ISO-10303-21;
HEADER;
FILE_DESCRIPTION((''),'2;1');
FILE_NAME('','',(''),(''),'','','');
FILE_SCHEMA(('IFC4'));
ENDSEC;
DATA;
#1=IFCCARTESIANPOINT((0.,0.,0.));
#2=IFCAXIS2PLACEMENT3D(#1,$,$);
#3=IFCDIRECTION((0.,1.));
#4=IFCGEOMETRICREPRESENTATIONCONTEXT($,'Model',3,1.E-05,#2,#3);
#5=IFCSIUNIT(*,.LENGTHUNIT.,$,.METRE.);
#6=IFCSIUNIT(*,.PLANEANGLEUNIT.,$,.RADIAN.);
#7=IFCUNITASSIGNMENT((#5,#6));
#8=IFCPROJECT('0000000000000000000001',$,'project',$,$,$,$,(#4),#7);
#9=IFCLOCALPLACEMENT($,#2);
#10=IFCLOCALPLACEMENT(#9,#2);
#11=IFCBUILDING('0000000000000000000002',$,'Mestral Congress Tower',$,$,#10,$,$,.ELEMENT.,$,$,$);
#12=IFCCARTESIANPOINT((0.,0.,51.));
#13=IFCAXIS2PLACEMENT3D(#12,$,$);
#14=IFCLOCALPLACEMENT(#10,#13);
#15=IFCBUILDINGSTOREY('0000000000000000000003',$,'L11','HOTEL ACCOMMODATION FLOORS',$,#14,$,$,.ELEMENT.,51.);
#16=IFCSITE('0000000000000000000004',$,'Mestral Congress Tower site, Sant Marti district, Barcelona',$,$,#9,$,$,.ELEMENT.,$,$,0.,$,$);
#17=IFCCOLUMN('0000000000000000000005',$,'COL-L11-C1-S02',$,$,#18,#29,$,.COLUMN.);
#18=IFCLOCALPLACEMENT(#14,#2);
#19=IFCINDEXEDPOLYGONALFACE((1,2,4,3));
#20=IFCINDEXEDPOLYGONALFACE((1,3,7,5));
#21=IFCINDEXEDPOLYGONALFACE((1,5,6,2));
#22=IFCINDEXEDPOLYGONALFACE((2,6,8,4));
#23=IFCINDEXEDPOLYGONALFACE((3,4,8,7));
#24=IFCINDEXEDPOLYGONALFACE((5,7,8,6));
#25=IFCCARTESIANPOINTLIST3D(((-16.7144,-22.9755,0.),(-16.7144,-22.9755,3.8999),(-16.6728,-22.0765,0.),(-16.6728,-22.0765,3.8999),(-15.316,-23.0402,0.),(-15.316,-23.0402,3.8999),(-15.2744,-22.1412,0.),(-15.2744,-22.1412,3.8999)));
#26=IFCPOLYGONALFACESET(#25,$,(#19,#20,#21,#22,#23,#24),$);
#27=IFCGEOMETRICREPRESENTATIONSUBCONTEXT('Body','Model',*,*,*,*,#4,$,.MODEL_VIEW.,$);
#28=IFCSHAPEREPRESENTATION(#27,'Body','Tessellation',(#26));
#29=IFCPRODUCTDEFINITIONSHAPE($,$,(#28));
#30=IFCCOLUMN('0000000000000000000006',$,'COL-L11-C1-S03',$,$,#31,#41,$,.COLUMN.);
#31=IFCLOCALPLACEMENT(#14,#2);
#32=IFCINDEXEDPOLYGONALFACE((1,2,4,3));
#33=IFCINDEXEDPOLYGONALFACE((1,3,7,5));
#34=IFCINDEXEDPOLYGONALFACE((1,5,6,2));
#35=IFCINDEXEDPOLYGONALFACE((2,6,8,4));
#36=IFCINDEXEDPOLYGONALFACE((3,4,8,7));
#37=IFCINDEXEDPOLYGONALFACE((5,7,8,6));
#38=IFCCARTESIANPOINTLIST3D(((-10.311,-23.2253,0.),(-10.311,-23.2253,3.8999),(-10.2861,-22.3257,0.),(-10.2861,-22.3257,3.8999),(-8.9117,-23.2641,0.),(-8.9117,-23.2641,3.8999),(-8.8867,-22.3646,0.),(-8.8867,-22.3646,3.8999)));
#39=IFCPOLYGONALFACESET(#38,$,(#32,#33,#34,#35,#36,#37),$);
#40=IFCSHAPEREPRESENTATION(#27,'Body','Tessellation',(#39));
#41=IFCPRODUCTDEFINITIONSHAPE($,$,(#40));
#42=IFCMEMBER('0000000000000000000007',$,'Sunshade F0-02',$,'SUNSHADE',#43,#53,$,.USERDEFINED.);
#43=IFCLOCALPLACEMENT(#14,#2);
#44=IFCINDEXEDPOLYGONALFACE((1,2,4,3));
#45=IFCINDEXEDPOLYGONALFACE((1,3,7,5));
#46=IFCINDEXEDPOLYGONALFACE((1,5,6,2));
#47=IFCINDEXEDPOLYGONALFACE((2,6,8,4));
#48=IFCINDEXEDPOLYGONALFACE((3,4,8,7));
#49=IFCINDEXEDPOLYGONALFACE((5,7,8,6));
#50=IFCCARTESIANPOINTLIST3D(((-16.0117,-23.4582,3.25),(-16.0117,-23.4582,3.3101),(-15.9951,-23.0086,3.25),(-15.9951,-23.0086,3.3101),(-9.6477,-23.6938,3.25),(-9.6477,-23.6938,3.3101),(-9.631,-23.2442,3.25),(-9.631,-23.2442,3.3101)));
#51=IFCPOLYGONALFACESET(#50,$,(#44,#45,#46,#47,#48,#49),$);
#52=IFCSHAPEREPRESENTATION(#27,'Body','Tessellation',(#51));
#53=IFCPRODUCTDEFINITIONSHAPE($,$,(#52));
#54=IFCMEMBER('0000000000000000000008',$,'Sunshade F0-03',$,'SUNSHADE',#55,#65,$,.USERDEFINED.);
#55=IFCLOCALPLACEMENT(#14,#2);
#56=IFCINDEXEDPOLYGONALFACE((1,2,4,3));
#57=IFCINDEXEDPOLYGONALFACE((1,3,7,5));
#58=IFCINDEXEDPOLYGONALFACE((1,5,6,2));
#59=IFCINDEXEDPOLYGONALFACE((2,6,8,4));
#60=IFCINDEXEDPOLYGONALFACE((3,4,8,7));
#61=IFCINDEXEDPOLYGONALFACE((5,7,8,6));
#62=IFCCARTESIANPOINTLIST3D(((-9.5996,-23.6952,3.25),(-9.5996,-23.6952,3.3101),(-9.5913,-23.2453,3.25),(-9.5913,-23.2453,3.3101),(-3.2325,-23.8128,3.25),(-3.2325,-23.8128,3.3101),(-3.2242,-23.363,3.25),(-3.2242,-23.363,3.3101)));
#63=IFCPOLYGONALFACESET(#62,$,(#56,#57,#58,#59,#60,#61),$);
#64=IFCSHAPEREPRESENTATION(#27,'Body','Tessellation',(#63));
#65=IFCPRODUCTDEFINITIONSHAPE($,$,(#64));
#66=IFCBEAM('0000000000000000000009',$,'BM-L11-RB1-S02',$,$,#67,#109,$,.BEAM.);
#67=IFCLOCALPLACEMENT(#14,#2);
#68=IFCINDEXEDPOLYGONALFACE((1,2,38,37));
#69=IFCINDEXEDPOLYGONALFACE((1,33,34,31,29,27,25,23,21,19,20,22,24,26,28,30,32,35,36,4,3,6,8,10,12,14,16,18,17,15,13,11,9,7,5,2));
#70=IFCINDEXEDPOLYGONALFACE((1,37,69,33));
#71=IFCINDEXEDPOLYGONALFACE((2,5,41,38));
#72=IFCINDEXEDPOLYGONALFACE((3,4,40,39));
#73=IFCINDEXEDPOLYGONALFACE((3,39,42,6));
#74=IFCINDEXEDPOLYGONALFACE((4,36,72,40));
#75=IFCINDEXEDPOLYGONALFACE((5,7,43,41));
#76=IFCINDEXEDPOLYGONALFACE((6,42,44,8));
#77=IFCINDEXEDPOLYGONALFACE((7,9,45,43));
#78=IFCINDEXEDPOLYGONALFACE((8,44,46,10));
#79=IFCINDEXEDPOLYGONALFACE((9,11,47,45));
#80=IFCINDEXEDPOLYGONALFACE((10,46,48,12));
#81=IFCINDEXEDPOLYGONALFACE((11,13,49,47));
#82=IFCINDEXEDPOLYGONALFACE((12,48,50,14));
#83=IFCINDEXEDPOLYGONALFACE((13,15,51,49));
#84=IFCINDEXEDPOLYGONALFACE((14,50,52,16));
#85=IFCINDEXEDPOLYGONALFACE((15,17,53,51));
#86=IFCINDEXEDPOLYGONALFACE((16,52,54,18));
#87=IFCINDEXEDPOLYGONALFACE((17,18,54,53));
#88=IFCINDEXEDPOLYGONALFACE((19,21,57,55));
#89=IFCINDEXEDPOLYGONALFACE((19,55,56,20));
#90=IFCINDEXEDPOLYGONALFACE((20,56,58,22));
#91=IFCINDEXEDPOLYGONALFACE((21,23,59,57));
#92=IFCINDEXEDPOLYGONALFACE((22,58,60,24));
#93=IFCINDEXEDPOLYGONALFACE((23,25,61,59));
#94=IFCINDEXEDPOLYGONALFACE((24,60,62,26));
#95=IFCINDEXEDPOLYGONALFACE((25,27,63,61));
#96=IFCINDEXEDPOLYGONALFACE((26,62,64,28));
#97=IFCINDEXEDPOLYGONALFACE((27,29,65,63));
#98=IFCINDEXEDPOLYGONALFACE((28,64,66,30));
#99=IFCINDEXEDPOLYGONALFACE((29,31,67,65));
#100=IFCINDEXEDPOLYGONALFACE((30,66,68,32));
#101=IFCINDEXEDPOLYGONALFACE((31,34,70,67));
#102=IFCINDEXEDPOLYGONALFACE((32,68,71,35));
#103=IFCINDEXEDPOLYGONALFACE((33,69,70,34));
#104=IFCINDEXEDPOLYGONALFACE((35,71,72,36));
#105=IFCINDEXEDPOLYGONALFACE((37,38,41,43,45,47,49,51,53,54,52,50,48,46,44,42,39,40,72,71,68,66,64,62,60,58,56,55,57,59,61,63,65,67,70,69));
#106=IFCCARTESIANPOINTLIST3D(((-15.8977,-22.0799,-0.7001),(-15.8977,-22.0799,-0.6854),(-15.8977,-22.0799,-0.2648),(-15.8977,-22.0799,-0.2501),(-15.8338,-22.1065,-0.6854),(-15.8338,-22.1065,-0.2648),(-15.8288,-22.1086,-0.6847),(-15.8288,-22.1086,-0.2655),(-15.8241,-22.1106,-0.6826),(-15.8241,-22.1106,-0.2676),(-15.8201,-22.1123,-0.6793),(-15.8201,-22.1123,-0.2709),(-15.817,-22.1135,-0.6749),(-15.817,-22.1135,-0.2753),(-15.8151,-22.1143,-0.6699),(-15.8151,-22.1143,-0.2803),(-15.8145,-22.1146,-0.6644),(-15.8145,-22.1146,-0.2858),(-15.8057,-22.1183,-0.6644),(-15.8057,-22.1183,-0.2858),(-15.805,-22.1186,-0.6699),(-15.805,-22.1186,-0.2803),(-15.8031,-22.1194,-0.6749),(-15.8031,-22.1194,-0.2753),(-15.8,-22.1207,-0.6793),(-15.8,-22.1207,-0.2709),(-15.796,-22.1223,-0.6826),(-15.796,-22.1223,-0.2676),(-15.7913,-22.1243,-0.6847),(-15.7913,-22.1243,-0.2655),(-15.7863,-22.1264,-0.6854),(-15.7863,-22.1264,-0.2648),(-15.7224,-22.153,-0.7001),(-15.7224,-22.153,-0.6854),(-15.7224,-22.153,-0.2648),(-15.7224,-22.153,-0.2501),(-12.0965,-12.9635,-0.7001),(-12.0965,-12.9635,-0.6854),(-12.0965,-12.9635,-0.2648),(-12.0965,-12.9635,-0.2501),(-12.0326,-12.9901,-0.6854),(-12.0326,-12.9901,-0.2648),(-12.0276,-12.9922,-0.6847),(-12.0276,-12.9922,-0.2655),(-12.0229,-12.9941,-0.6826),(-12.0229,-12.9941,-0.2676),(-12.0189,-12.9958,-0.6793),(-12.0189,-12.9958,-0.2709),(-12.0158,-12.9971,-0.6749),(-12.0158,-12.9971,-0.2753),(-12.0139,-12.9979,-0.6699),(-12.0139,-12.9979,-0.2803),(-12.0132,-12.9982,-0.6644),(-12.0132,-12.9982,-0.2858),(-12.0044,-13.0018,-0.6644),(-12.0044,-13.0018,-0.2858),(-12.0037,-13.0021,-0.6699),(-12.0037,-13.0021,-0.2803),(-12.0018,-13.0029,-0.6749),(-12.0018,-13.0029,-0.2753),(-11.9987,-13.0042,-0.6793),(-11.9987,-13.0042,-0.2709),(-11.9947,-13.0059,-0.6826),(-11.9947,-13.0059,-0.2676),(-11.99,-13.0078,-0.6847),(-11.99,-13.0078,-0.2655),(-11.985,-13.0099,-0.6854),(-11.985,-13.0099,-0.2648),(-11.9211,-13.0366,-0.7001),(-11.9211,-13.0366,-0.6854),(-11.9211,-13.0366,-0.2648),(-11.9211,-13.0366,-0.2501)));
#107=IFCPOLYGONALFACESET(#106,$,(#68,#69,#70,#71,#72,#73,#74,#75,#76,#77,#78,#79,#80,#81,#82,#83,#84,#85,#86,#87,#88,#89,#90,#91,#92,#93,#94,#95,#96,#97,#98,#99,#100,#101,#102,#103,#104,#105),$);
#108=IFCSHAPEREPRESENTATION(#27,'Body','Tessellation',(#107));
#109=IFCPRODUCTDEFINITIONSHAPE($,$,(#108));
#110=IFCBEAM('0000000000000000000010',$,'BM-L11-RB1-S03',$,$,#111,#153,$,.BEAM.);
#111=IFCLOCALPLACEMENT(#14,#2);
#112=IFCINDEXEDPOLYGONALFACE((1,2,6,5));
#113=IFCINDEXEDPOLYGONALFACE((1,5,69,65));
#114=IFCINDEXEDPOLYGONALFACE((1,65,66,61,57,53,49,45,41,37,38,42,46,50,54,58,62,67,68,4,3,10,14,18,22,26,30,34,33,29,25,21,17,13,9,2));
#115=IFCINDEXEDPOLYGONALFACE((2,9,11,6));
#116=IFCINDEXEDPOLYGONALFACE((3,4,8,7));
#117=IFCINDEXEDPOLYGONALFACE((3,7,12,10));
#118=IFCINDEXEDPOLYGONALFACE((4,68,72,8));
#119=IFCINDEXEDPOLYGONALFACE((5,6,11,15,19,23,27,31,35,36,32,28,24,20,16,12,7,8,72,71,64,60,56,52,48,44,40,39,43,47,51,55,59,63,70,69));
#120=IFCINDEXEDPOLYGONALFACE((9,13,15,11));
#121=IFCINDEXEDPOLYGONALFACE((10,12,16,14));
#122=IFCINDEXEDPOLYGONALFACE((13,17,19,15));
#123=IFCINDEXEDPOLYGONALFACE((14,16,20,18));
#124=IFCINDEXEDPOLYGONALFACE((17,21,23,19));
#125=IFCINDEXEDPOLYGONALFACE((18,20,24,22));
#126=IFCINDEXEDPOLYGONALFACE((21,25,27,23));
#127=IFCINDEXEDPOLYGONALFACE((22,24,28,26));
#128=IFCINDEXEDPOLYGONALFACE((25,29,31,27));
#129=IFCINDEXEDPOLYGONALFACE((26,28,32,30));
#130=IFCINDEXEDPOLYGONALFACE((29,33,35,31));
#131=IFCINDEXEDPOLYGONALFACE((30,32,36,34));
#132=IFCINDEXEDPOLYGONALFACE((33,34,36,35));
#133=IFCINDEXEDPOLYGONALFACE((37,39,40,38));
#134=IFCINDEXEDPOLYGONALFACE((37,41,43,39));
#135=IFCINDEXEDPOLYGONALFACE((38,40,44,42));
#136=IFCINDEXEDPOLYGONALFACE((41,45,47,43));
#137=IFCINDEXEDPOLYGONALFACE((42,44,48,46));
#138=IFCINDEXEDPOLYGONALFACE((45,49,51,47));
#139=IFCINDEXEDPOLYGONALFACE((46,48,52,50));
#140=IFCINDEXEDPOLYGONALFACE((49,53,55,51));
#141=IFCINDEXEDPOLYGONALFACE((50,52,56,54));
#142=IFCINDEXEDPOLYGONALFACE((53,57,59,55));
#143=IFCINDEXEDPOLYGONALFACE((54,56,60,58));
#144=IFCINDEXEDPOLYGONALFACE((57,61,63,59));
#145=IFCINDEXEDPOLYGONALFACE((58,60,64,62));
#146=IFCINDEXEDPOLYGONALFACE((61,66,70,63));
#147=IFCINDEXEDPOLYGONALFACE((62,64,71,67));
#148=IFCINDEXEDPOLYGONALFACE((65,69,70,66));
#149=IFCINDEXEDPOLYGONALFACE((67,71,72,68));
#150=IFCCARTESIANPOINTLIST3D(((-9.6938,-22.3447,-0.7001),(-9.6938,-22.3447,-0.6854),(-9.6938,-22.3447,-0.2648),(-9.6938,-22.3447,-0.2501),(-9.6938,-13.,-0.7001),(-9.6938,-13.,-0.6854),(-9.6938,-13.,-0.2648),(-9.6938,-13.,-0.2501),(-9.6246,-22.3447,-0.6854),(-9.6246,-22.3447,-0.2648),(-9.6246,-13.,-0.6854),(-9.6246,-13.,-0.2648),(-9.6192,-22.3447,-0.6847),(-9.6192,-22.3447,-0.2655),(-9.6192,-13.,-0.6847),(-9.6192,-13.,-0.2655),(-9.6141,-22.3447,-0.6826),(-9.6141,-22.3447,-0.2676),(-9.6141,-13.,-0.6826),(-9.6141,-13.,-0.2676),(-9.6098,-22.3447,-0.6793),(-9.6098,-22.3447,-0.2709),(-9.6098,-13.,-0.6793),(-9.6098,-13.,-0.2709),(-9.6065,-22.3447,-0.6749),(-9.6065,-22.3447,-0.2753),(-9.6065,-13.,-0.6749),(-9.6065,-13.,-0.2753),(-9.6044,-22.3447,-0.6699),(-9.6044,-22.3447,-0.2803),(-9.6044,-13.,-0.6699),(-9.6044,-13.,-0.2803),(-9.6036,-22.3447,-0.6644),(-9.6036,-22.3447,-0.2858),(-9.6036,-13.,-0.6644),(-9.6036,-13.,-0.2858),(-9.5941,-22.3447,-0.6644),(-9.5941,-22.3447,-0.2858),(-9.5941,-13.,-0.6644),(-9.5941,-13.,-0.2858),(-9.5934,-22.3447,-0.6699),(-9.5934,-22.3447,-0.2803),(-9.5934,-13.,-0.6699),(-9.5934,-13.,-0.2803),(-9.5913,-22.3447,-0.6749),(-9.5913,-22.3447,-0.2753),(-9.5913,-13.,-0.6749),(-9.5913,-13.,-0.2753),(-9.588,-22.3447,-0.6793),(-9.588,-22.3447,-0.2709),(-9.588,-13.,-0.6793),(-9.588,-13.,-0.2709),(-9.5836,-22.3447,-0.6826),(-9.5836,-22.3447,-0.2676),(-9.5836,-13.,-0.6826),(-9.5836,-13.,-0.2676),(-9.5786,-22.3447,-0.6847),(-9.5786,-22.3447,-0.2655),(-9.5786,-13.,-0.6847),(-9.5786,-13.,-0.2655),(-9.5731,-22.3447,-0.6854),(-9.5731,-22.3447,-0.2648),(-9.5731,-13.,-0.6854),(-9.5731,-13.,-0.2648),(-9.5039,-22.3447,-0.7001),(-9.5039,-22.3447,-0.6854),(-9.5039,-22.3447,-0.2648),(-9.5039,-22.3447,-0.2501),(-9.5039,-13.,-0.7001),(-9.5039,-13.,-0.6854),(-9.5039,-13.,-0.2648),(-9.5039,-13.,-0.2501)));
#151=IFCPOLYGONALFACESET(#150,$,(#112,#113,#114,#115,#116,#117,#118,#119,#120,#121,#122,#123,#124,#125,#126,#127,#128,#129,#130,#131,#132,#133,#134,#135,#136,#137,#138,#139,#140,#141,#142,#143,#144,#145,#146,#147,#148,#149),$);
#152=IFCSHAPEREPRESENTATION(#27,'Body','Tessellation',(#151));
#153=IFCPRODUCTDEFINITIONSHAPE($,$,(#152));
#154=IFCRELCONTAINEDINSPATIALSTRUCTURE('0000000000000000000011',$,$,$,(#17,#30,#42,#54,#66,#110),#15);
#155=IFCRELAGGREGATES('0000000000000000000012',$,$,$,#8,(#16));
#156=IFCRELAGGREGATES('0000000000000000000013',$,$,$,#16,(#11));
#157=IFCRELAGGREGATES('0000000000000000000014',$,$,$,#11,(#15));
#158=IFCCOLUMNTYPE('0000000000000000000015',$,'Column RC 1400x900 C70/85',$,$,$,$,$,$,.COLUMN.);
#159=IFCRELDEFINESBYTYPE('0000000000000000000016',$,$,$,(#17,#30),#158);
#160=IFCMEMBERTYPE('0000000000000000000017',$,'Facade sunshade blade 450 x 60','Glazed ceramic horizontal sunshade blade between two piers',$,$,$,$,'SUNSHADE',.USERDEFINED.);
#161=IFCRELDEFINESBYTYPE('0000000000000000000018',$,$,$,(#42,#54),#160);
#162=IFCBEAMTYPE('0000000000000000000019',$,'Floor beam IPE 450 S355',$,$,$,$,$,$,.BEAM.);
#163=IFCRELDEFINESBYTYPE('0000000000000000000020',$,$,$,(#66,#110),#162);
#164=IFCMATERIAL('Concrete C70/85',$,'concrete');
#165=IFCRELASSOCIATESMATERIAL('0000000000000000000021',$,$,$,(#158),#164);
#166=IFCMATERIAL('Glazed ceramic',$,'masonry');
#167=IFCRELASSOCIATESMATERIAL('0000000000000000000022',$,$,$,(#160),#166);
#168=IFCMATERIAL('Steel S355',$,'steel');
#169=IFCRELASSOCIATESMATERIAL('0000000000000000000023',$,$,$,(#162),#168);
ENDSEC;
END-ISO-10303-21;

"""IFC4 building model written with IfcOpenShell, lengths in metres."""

from ifc_helpers import new_model, si_unit, direction, frame, origin, origin_2d, place, context, subcontext, project, spatial, rectangle, i_section, extrude, material, material_profile, profile_set, type_object, element, save


model = new_model("IFC4")

# Units and contexts
model_context = context("Model", 3, precision=1e-05, world=origin(), true_north=direction((0.0, 1.0)))
body_context = subcontext(model_context, "Body", "Model", "MODEL_VIEW")
ifc_project = project(units=[si_unit("LENGTHUNIT", "METRE"), si_unit("PLANEANGLEUNIT", "RADIAN")], contexts=[model_context])

# Site, building, storey
site_placement = place(None, origin())
site = spatial("IfcSite", under=ifc_project, at=site_placement, Name="Mestral Congress Tower site, Sant Marti district, Barcelona", CompositionType="ELEMENT", RefElevation=0.0)
building_placement = place(site_placement, origin())
building = spatial("IfcBuilding", under=site, at=building_placement, Name="Mestral Congress Tower", CompositionType="ELEMENT")
storey_placement = place(building_placement, frame((0.0, 0.0, 51.0)))
storey = spatial("IfcBuildingStorey", under=building, at=storey_placement, Name="L11", Description="HOTEL ACCOMMODATION FLOORS", CompositionType="ELEMENT", Elevation=51.0)

# Columns
ifc_material_1 = material(Name="Concrete C70/85", Category="concrete")
ifc_material_profile_1 = material_profile(ifc_material_1, rectangle(XDim=1.3999, YDim=0.8999, at=origin_2d()), Name="RC 1400x900")
ifc_profile_set_1 = profile_set([ifc_material_profile_1], Name="Concrete C70/85")
column_type = type_object("IfcColumnType", Name="Column RC 1400x900 C70/85", PredefinedType="COLUMN", material=ifc_profile_set_1)
for number, where, z_axis, x_axis, name in (
    (1, (-15.9944, -22.5583, 0.0), (0.0, 0.0, 1.0), (0.998932, -0.0462, 0.0), "COL-L11-C1-S02"),
    (2, (-9.5989, -22.7949, 0.0), (0.0, 0.0, 1.0), (0.999616, -0.027726, 0.0), "COL-L11-C1-S03"),
):
    element("IfcColumn", number, at=place(storey_placement, frame(where, z_axis=z_axis, x_axis=x_axis)), inside=storey, type_object=column_type, Name=name, PredefinedType="COLUMN", context=body_context, shape_type="SweptSolid", body=[
        extrude(rectangle(XDim=1.3999, YDim=0.8999, at=origin_2d()), origin(), (0.0, 0.0, 1.0), 3.8999),
    ])

# Members
ifc_material_2 = material(Name="Glazed ceramic", Category="masonry")
ifc_material_profile_2 = material_profile(ifc_material_2, rectangle(XDim=0.45, YDim=0.0601, at=origin_2d()), Name="Ceramic blade 450 x 60")
ifc_profile_set_2 = profile_set([ifc_material_profile_2], Name="Glazed ceramic")
member_type = type_object("IfcMemberType", Name="Facade sunshade blade 450 x 60", Description="Glazed ceramic horizontal sunshade blade between two piers", ElementType="SUNSHADE", PredefinedType="USERDEFINED", material=ifc_profile_set_2)
member_1_placement = place(storey_placement, frame((-16.0034, -23.2334, 3.28), z_axis=(0.999315, -0.036995, 0.0), x_axis=(0.036995, 0.999315, 0.0)))
element("IfcMember", 3, at=member_1_placement, inside=storey, type_object=member_type, Name="Sunshade F0-02", ObjectType="SUNSHADE", PredefinedType="USERDEFINED", context=body_context, shape_type="SweptSolid", body=[
    extrude(rectangle(XDim=0.45, YDim=0.0601, at=origin_2d()), origin(), (0.0, 0.0, 1.0), 6.3684),
])
member_2_placement = place(storey_placement, frame((-9.5955, -23.4702, 3.28), z_axis=(0.999829, -0.018478, 0.0), x_axis=(0.018478, 0.999829, 0.0)))
element("IfcMember", 4, at=member_2_placement, inside=storey, type_object=member_type, Name="Sunshade F0-03", ObjectType="SUNSHADE", PredefinedType="USERDEFINED", context=body_context, shape_type="SweptSolid", body=[
    extrude(rectangle(XDim=0.45, YDim=0.0601, at=origin_2d()), origin(), (0.0, 0.0, 1.0), 6.3682),
])

# Beams
ifc_material_3 = material(Name="Steel S355", Category="steel")
ifc_material_profile_3 = material_profile(ifc_material_3, i_section(OverallWidth=0.1899, OverallDepth=0.45, WebThickness=0.0095, FlangeThickness=0.0146, FilletRadius=0.021, at=origin_2d()), Name="IPE 450")
ifc_profile_set_3 = profile_set([ifc_material_profile_3], Name="Steel S355")
beam_type_1 = type_object("IfcBeamType", Name="Floor beam IPE 450 S355", PredefinedType="BEAM", material=ifc_profile_set_3)
beam_1_placement = place(storey_placement, frame((-15.8101, -22.1165, -0.4751), z_axis=(0.384852, 0.922978, 0.0), x_axis=(-0.922978, 0.384852, 0.0)))
element("IfcBeam", 5, at=beam_1_placement, inside=storey, type_object=beam_type_1, Name="BM-L11-RB1-S02", PredefinedType="BEAM", context=body_context, shape_type="SweptSolid", body=[
    extrude(i_section(OverallWidth=0.1899, OverallDepth=0.45, WebThickness=0.0095, FlangeThickness=0.0146, FilletRadius=0.021, at=origin_2d()), origin(), (0.0, 0.0, 1.0), 9.8772),
])
beam_2_placement = place(storey_placement, frame((-9.5989, -22.3447, -0.4751), z_axis=(0.0, 1.0, 0.0), x_axis=(-1.0, 0.0, 0.0)))
element("IfcBeam", 6, at=beam_2_placement, inside=storey, type_object=beam_type_1, Name="BM-L11-RB1-S03", PredefinedType="BEAM", context=body_context, shape_type="SweptSolid", body=[
    extrude(i_section(OverallWidth=0.1899, OverallDepth=0.45, WebThickness=0.0095, FlangeThickness=0.0146, FilletRadius=0.021, at=origin_2d()), origin(), (0.0, 0.0, 1.0), 9.3447),
])

save(model, "model.ifc")
